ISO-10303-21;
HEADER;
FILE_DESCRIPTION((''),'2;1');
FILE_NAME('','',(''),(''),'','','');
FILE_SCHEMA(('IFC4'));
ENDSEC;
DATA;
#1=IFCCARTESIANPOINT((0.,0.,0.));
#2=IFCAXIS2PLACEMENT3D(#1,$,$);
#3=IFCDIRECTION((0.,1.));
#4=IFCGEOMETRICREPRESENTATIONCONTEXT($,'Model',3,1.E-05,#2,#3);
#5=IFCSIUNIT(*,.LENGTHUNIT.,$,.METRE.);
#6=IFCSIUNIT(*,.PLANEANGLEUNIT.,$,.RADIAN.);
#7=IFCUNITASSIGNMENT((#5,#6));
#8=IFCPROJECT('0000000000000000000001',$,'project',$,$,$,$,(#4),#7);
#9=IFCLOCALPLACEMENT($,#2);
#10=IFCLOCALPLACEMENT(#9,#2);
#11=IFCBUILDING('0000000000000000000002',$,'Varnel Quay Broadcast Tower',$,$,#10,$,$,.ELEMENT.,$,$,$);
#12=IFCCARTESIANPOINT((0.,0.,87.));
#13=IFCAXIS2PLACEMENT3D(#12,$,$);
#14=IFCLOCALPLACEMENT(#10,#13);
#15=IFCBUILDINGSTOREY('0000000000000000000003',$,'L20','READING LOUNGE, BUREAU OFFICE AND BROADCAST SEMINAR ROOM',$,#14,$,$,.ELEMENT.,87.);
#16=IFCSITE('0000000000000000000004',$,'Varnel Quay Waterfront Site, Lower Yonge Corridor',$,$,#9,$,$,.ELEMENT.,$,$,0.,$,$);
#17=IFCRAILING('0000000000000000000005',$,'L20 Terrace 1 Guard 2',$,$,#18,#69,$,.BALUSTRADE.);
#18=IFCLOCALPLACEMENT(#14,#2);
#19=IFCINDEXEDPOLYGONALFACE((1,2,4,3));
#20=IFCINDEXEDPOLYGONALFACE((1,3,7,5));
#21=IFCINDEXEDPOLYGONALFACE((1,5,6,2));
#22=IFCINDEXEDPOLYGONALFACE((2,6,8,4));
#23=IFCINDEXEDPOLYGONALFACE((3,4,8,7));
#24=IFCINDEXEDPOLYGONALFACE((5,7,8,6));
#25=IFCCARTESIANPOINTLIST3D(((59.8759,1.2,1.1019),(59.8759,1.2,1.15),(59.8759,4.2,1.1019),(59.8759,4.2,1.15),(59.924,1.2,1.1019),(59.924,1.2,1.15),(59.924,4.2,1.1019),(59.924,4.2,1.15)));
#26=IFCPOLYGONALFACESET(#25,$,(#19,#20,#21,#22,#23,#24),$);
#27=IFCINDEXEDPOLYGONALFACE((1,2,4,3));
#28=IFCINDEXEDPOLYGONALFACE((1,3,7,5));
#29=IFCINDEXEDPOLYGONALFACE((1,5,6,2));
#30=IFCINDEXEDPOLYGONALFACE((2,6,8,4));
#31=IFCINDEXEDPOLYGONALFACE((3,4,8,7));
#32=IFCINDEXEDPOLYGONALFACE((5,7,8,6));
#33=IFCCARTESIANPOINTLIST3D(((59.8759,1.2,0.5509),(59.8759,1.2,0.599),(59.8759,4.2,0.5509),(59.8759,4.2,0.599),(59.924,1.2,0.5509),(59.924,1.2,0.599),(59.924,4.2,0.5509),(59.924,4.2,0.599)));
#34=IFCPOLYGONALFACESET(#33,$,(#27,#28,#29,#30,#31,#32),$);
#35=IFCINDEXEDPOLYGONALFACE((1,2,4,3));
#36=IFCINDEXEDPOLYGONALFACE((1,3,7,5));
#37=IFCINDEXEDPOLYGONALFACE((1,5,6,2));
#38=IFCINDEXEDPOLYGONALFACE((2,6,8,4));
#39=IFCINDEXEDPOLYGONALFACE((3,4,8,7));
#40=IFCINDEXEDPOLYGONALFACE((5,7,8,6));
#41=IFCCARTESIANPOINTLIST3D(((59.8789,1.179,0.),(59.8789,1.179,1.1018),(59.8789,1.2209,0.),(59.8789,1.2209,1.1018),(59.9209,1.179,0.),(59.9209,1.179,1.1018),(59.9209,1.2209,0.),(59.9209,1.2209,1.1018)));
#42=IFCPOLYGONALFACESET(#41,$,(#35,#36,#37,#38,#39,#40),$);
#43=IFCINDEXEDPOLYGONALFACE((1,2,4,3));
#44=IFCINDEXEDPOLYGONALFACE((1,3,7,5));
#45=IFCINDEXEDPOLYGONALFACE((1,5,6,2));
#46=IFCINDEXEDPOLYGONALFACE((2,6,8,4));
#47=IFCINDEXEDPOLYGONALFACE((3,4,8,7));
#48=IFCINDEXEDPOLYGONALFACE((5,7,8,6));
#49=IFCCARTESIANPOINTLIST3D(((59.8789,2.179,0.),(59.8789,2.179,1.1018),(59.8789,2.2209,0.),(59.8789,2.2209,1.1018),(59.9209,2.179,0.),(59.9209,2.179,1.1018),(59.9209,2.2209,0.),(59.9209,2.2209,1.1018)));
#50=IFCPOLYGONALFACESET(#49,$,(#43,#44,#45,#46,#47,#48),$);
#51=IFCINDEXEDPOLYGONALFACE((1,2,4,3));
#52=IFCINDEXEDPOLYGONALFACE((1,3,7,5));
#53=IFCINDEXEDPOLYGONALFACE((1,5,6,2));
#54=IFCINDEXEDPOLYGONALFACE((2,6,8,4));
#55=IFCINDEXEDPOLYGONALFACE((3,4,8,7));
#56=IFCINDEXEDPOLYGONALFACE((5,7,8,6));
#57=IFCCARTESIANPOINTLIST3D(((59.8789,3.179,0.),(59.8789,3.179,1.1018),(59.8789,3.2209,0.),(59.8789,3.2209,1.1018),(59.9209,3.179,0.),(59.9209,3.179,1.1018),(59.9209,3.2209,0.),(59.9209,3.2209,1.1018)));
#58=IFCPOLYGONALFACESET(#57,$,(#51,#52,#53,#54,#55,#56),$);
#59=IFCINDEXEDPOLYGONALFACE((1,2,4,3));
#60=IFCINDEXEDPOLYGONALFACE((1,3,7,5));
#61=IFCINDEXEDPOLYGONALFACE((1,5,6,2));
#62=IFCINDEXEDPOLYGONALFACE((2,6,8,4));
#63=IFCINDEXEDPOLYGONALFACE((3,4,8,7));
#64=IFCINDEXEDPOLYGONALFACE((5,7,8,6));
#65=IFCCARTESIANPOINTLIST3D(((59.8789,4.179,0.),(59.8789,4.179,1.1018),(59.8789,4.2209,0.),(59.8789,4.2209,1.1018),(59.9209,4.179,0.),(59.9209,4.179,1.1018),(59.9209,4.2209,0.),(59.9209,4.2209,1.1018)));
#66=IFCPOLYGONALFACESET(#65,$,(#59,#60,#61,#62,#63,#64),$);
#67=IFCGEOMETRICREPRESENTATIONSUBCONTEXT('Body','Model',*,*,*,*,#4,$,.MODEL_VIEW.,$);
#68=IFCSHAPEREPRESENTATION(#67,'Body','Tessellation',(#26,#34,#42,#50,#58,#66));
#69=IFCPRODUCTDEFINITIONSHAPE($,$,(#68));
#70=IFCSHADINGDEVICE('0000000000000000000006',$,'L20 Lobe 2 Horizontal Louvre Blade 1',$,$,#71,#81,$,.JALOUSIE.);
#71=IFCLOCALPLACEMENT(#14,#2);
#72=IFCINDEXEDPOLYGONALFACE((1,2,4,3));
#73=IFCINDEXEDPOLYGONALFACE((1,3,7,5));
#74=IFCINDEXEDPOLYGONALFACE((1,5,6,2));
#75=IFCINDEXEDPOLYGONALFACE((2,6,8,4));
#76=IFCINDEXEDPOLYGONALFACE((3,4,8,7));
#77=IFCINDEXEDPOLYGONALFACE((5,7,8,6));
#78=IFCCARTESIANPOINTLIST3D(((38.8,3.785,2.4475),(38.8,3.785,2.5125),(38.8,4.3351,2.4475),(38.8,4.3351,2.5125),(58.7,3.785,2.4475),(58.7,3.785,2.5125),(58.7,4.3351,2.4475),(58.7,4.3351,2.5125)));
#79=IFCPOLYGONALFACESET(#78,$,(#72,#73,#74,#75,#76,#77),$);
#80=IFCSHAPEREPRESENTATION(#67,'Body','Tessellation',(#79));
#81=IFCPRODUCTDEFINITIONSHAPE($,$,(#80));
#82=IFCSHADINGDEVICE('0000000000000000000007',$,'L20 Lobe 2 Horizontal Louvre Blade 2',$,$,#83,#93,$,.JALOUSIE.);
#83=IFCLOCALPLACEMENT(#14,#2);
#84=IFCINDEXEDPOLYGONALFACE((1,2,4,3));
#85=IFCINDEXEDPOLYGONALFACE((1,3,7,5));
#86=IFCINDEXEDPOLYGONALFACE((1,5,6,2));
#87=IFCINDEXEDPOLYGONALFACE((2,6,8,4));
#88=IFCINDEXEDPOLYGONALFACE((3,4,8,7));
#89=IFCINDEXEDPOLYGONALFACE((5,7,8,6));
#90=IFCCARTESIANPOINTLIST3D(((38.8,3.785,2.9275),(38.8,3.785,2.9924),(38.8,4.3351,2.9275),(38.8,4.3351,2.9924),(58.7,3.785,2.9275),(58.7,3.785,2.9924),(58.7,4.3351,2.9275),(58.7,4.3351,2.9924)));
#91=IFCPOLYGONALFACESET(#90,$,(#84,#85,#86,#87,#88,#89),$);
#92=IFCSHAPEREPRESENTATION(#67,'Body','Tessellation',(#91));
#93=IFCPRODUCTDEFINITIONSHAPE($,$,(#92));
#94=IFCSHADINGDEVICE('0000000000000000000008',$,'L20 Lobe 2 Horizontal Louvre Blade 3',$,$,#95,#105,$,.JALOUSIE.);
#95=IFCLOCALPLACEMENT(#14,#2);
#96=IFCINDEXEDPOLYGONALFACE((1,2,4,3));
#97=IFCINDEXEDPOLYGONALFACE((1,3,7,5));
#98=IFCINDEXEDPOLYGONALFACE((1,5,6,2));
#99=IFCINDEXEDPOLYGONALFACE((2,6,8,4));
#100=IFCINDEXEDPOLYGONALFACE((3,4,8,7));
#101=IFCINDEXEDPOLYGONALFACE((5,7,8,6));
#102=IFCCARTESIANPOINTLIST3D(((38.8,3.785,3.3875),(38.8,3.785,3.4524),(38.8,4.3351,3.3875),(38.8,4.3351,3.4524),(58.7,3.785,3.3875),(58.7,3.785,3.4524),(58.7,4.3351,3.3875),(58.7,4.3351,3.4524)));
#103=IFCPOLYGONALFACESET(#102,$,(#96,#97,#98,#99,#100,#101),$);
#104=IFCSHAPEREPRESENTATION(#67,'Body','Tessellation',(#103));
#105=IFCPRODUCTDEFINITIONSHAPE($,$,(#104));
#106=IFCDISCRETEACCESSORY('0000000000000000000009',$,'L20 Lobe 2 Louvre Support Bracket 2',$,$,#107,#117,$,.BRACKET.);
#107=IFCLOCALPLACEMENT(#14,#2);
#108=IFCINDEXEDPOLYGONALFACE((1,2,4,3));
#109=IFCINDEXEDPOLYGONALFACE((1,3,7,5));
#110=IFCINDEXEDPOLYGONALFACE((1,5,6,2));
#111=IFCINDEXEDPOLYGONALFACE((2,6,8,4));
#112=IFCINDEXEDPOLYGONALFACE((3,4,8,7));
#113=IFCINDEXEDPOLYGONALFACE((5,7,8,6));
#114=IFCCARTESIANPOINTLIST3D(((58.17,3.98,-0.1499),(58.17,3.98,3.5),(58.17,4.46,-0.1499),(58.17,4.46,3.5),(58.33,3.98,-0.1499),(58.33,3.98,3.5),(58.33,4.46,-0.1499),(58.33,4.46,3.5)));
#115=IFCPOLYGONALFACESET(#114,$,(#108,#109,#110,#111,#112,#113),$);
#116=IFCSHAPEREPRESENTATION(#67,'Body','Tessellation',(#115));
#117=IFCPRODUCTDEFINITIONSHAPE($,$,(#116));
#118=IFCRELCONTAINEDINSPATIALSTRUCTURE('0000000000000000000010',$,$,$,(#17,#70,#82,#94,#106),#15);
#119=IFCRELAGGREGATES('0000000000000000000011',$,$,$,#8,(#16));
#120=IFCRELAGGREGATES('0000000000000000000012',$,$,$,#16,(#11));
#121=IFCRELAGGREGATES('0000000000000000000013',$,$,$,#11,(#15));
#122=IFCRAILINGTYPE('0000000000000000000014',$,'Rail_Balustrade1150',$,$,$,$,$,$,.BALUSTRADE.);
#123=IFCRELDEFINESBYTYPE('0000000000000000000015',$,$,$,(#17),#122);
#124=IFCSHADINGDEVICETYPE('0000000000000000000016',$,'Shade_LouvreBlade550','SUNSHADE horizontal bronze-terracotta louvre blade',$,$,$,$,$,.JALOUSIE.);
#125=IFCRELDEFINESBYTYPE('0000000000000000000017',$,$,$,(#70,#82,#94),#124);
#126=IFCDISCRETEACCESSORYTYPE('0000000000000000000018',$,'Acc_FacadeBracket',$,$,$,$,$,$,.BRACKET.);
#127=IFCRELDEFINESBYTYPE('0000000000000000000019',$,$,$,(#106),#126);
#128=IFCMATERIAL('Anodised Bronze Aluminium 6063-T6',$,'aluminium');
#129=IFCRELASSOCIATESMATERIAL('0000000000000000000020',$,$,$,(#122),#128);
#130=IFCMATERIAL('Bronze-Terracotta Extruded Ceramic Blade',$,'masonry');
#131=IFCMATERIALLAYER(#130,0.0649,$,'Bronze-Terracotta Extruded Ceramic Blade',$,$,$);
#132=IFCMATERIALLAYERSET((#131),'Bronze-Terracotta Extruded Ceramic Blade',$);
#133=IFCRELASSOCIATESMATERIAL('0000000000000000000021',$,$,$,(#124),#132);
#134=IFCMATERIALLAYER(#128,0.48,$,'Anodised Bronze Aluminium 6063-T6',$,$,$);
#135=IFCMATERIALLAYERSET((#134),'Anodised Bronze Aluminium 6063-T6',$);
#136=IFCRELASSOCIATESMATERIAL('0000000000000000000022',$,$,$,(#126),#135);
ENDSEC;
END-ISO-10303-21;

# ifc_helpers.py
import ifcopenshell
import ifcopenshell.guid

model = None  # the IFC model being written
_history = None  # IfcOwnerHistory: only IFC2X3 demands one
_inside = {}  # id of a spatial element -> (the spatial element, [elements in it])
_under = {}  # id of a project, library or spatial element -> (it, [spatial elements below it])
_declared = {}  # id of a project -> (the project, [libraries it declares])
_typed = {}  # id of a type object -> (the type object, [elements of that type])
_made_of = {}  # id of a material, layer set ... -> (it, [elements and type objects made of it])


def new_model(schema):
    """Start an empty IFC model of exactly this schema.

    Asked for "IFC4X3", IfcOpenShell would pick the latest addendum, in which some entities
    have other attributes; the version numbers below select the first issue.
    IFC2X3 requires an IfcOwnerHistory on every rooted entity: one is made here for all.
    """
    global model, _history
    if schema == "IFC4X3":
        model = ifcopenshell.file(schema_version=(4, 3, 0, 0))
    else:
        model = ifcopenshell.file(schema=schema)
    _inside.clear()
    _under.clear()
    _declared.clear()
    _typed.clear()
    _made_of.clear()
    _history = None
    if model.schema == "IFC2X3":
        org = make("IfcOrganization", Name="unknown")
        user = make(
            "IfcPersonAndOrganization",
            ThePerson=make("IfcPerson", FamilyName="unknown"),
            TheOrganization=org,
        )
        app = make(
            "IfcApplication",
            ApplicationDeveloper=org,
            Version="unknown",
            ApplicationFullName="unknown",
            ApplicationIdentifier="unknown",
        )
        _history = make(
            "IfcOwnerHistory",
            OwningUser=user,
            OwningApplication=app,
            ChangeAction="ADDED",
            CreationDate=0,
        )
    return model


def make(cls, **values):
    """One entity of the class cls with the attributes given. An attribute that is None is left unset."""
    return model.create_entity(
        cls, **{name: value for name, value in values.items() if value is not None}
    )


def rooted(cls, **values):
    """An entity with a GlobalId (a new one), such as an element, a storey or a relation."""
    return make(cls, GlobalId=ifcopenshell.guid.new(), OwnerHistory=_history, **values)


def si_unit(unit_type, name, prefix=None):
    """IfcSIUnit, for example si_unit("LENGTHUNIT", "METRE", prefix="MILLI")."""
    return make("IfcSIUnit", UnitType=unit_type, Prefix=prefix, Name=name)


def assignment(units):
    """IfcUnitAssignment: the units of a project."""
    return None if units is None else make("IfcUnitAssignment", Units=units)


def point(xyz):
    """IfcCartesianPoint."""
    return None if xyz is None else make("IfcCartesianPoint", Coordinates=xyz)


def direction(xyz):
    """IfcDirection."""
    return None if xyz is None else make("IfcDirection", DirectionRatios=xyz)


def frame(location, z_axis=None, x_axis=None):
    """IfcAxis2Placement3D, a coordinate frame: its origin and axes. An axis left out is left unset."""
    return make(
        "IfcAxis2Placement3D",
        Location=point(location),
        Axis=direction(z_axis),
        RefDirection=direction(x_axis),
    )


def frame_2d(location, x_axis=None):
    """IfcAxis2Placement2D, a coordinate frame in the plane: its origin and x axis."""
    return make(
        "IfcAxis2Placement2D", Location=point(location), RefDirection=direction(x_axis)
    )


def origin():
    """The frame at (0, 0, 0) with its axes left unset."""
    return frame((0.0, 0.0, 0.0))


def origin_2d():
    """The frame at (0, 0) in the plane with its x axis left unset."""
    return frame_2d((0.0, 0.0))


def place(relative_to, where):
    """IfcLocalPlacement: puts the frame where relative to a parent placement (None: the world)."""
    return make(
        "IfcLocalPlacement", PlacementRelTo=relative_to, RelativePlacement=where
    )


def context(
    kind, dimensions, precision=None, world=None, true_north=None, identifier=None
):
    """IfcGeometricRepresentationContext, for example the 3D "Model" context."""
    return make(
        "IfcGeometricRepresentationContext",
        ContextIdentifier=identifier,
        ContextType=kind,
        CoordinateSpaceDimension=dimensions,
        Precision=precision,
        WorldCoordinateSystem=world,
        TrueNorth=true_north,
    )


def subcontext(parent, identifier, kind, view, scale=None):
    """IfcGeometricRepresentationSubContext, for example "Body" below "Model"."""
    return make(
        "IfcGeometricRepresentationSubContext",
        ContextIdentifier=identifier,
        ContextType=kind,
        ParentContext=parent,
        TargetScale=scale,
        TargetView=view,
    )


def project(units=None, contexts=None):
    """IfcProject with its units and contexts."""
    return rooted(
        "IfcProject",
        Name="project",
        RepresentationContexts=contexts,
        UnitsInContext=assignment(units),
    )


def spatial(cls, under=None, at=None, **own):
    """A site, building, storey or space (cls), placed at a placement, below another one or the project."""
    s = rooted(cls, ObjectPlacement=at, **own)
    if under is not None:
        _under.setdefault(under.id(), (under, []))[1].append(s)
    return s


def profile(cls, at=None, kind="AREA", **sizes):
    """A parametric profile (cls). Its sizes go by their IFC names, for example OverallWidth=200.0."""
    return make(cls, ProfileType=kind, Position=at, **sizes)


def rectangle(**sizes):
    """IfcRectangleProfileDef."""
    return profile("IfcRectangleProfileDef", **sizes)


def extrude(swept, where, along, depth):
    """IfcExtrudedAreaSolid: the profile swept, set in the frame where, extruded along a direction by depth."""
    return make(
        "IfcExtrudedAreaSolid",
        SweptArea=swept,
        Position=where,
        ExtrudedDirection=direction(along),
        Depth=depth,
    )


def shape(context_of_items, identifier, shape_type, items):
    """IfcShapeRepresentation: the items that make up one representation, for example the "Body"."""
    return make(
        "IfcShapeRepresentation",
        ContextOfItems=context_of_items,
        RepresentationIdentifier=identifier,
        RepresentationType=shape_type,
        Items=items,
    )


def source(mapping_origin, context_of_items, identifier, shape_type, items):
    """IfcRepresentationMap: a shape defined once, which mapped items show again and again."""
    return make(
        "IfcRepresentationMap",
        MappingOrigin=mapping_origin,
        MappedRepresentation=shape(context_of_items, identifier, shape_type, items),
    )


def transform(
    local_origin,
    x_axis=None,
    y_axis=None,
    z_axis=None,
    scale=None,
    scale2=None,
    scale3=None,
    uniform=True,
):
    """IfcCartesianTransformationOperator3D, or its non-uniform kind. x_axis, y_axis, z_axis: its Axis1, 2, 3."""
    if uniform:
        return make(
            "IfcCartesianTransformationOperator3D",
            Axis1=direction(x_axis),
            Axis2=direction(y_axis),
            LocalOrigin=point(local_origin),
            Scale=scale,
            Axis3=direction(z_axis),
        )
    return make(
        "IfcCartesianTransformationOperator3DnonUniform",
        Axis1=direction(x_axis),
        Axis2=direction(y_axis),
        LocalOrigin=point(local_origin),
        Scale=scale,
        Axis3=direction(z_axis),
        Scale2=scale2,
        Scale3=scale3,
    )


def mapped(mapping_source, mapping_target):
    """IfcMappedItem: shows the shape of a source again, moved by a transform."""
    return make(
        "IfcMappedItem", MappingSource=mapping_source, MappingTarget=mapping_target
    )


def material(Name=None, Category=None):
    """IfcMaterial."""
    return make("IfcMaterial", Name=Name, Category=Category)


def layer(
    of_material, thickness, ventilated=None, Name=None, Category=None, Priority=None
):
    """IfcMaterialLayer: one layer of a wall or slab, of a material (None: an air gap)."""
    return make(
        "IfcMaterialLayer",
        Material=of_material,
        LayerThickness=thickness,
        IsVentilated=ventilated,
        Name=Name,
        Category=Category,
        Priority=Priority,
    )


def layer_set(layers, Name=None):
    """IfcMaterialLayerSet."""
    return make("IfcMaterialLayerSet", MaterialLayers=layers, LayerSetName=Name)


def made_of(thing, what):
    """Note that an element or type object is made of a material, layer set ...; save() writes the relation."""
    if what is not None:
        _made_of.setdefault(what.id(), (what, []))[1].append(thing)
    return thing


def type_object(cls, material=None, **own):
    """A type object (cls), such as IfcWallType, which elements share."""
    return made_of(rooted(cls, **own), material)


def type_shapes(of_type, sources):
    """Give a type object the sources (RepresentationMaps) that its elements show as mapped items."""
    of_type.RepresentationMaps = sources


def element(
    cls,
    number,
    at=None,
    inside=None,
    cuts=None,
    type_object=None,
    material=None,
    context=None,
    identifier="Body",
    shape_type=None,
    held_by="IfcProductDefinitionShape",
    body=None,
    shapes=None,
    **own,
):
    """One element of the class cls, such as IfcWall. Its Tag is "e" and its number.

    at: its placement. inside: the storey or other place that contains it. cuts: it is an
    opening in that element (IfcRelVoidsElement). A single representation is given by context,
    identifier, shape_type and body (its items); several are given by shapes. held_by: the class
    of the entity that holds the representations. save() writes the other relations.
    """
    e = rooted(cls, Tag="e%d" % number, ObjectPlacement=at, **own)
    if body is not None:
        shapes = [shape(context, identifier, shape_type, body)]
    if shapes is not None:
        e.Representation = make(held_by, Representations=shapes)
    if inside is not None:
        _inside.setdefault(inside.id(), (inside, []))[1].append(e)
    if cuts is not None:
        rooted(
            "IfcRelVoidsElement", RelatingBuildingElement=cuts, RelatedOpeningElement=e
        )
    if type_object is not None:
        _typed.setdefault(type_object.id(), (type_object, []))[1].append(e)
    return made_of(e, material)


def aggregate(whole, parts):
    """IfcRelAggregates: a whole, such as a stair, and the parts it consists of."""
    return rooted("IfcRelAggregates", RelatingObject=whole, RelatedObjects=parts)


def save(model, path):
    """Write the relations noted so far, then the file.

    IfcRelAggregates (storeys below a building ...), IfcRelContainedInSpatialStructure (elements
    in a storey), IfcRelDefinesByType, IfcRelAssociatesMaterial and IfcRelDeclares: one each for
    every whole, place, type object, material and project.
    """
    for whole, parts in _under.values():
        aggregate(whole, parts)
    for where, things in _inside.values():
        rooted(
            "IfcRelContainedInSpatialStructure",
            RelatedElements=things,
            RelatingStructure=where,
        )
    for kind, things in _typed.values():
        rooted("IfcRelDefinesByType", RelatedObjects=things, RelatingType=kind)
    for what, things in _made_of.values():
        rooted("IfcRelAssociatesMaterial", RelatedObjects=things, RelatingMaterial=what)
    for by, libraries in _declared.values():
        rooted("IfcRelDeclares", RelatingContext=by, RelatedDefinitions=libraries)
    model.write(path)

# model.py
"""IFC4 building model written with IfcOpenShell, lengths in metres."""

from ifc_helpers import new_model, si_unit, direction, frame, origin, origin_2d, place, context, subcontext, project, spatial, rectangle, extrude, source, transform, mapped, material, layer, layer_set, type_object, type_shapes, element, save


model = new_model("IFC4")

# Units and contexts
model_context = context("Model", 3, precision=1e-05, world=origin(), true_north=direction((0.0, 1.0)))
body_context = subcontext(model_context, "Body", "Model", "MODEL_VIEW")
ifc_project = project(units=[si_unit("LENGTHUNIT", "METRE"), si_unit("PLANEANGLEUNIT", "RADIAN")], contexts=[model_context])

# Site, building, storey
site_placement = place(None, origin())
site = spatial("IfcSite", under=ifc_project, at=site_placement, Name="Varnel Quay Waterfront Site, Lower Yonge Corridor", CompositionType="ELEMENT", RefElevation=0.0)
building_placement = place(site_placement, origin())
building = spatial("IfcBuilding", under=site, at=building_placement, Name="Varnel Quay Broadcast Tower", CompositionType="ELEMENT")
storey_placement = place(building_placement, frame((0.0, 0.0, 87.0)))
storey = spatial("IfcBuildingStorey", under=building, at=storey_placement, Name="L20", Description="READING LOUNGE, BUREAU OFFICE AND BROADCAST SEMINAR ROOM", CompositionType="ELEMENT", Elevation=87.0)

# Shared definitions
ifc_material_1 = material(Name="Anodised Bronze Aluminium 6063-T6", Category="aluminium")

# Railing
railing_type = type_object("IfcRailingType", Name="Rail_Balustrade1150", PredefinedType="BALUSTRADE", material=ifc_material_1)
railing_placement = place(storey_placement, frame((59.8999, 1.2, 0.0)))
element("IfcRailing", 1, at=railing_placement, inside=storey, type_object=railing_type, Name="L20 Terrace 1 Guard 2", PredefinedType="BALUSTRADE", context=body_context, shape_type="SweptSolid", body=[
    extrude(rectangle(XDim=0.0481, YDim=0.0481, at=origin_2d()), frame((0.0, 0.0, 1.126), z_axis=(0.0, 1.0, 0.0), x_axis=(-1.0, 0.0, 0.0)), (0.0, 0.0, 1.0), 3.0),
    extrude(rectangle(XDim=0.0481, YDim=0.0481, at=origin_2d()), frame((0.0, 0.0, 0.575), z_axis=(0.0, 1.0, 0.0), x_axis=(-1.0, 0.0, 0.0)), (0.0, 0.0, 1.0), 3.0),
    extrude(rectangle(XDim=0.042, YDim=0.042, at=origin_2d()), origin(), (0.0, 0.0, 1.0), 1.1018),
    extrude(rectangle(XDim=0.042, YDim=0.042, at=origin_2d()), frame((0.0, 1.0, 0.0)), (0.0, 0.0, 1.0), 1.1018),
    extrude(rectangle(XDim=0.042, YDim=0.042, at=origin_2d()), frame((0.0, 2.0, 0.0)), (0.0, 0.0, 1.0), 1.1018),
    extrude(rectangle(XDim=0.042, YDim=0.042, at=origin_2d()), frame((0.0, 3.0, 0.0)), (0.0, 0.0, 1.0), 1.1018),
])

# Shading devices
ifc_material_2 = material(Name="Bronze-Terracotta Extruded Ceramic Blade", Category="masonry")
ifc_layer_1 = layer(ifc_material_2, 0.0649, Name="Bronze-Terracotta Extruded Ceramic Blade")
ifc_layer_set_1 = layer_set([ifc_layer_1], Name="Bronze-Terracotta Extruded Ceramic Blade")
shading_device_type = type_object("IfcShadingDeviceType", Name="Shade_LouvreBlade550", Description="SUNSHADE horizontal bronze-terracotta louvre blade", PredefinedType="JALOUSIE", material=ifc_layer_set_1)
shared_shape_1 = source(origin(), body_context, "Body", "SweptSolid", [
    extrude(rectangle(XDim=19.8999, YDim=0.55, at=origin_2d()), origin(), (0.0, 0.0, 1.0), 0.0649),
])
type_shapes(shading_device_type, [shared_shape_1])
for number, where, z_axis, x_axis, name in (
    (2, (48.75, 4.0601, 2.4475), (0.0, 0.0, 1.0), (1.0, 0.0, 0.0), "L20 Lobe 2 Horizontal Louvre Blade 1"),
    (3, (48.75, 4.0601, 2.9275), (0.0, 0.0, 1.0), (1.0, 0.0, 0.0), "L20 Lobe 2 Horizontal Louvre Blade 2"),
    (4, (48.75, 4.0601, 3.3875), (0.0, 0.0, 1.0), (1.0, 0.0, 0.0), "L20 Lobe 2 Horizontal Louvre Blade 3"),
):
    element("IfcShadingDevice", number, at=place(storey_placement, frame(where, z_axis=z_axis, x_axis=x_axis)), inside=storey, type_object=shading_device_type, Name=name, PredefinedType="JALOUSIE", context=body_context, shape_type="MappedRepresentation", body=[
        mapped(shared_shape_1, transform((0.0, 0.0, 0.0), x_axis=(1.0, 0.0, 0.0), y_axis=(0.0, 1.0, 0.0), z_axis=(0.0, 0.0, 1.0), scale=1.0)),
    ])

# Discrete accessory
ifc_layer_2 = layer(ifc_material_1, 0.48, Name="Anodised Bronze Aluminium 6063-T6")
ifc_layer_set_2 = layer_set([ifc_layer_2], Name="Anodised Bronze Aluminium 6063-T6")
discrete_accessory_type = type_object("IfcDiscreteAccessoryType", Name="Acc_FacadeBracket", PredefinedType="BRACKET", material=ifc_layer_set_2)
shared_shape_2 = source(origin(), body_context, "Body", "SweptSolid", [
    extrude(rectangle(XDim=0.1599, YDim=0.48, at=origin_2d()), origin(), (0.0, 0.0, 1.0), 3.6499),
])
type_shapes(discrete_accessory_type, [shared_shape_2])
discrete_accessory_placement = place(storey_placement, frame((58.25, 4.22, -0.1499), z_axis=(0.0, 0.0, 1.0), x_axis=(1.0, 0.0, 0.0)))
element("IfcDiscreteAccessory", 5, at=discrete_accessory_placement, inside=storey, type_object=discrete_accessory_type, Name="L20 Lobe 2 Louvre Support Bracket 2", PredefinedType="BRACKET", context=body_context, shape_type="MappedRepresentation", body=[
    mapped(shared_shape_2, transform((0.0, 0.0, 0.0), x_axis=(1.0, 0.0, 0.0), y_axis=(0.0, 1.0, 0.0), z_axis=(0.0, 0.0, 1.0), scale=1.0)),
])

save(model, "model.ifc")
